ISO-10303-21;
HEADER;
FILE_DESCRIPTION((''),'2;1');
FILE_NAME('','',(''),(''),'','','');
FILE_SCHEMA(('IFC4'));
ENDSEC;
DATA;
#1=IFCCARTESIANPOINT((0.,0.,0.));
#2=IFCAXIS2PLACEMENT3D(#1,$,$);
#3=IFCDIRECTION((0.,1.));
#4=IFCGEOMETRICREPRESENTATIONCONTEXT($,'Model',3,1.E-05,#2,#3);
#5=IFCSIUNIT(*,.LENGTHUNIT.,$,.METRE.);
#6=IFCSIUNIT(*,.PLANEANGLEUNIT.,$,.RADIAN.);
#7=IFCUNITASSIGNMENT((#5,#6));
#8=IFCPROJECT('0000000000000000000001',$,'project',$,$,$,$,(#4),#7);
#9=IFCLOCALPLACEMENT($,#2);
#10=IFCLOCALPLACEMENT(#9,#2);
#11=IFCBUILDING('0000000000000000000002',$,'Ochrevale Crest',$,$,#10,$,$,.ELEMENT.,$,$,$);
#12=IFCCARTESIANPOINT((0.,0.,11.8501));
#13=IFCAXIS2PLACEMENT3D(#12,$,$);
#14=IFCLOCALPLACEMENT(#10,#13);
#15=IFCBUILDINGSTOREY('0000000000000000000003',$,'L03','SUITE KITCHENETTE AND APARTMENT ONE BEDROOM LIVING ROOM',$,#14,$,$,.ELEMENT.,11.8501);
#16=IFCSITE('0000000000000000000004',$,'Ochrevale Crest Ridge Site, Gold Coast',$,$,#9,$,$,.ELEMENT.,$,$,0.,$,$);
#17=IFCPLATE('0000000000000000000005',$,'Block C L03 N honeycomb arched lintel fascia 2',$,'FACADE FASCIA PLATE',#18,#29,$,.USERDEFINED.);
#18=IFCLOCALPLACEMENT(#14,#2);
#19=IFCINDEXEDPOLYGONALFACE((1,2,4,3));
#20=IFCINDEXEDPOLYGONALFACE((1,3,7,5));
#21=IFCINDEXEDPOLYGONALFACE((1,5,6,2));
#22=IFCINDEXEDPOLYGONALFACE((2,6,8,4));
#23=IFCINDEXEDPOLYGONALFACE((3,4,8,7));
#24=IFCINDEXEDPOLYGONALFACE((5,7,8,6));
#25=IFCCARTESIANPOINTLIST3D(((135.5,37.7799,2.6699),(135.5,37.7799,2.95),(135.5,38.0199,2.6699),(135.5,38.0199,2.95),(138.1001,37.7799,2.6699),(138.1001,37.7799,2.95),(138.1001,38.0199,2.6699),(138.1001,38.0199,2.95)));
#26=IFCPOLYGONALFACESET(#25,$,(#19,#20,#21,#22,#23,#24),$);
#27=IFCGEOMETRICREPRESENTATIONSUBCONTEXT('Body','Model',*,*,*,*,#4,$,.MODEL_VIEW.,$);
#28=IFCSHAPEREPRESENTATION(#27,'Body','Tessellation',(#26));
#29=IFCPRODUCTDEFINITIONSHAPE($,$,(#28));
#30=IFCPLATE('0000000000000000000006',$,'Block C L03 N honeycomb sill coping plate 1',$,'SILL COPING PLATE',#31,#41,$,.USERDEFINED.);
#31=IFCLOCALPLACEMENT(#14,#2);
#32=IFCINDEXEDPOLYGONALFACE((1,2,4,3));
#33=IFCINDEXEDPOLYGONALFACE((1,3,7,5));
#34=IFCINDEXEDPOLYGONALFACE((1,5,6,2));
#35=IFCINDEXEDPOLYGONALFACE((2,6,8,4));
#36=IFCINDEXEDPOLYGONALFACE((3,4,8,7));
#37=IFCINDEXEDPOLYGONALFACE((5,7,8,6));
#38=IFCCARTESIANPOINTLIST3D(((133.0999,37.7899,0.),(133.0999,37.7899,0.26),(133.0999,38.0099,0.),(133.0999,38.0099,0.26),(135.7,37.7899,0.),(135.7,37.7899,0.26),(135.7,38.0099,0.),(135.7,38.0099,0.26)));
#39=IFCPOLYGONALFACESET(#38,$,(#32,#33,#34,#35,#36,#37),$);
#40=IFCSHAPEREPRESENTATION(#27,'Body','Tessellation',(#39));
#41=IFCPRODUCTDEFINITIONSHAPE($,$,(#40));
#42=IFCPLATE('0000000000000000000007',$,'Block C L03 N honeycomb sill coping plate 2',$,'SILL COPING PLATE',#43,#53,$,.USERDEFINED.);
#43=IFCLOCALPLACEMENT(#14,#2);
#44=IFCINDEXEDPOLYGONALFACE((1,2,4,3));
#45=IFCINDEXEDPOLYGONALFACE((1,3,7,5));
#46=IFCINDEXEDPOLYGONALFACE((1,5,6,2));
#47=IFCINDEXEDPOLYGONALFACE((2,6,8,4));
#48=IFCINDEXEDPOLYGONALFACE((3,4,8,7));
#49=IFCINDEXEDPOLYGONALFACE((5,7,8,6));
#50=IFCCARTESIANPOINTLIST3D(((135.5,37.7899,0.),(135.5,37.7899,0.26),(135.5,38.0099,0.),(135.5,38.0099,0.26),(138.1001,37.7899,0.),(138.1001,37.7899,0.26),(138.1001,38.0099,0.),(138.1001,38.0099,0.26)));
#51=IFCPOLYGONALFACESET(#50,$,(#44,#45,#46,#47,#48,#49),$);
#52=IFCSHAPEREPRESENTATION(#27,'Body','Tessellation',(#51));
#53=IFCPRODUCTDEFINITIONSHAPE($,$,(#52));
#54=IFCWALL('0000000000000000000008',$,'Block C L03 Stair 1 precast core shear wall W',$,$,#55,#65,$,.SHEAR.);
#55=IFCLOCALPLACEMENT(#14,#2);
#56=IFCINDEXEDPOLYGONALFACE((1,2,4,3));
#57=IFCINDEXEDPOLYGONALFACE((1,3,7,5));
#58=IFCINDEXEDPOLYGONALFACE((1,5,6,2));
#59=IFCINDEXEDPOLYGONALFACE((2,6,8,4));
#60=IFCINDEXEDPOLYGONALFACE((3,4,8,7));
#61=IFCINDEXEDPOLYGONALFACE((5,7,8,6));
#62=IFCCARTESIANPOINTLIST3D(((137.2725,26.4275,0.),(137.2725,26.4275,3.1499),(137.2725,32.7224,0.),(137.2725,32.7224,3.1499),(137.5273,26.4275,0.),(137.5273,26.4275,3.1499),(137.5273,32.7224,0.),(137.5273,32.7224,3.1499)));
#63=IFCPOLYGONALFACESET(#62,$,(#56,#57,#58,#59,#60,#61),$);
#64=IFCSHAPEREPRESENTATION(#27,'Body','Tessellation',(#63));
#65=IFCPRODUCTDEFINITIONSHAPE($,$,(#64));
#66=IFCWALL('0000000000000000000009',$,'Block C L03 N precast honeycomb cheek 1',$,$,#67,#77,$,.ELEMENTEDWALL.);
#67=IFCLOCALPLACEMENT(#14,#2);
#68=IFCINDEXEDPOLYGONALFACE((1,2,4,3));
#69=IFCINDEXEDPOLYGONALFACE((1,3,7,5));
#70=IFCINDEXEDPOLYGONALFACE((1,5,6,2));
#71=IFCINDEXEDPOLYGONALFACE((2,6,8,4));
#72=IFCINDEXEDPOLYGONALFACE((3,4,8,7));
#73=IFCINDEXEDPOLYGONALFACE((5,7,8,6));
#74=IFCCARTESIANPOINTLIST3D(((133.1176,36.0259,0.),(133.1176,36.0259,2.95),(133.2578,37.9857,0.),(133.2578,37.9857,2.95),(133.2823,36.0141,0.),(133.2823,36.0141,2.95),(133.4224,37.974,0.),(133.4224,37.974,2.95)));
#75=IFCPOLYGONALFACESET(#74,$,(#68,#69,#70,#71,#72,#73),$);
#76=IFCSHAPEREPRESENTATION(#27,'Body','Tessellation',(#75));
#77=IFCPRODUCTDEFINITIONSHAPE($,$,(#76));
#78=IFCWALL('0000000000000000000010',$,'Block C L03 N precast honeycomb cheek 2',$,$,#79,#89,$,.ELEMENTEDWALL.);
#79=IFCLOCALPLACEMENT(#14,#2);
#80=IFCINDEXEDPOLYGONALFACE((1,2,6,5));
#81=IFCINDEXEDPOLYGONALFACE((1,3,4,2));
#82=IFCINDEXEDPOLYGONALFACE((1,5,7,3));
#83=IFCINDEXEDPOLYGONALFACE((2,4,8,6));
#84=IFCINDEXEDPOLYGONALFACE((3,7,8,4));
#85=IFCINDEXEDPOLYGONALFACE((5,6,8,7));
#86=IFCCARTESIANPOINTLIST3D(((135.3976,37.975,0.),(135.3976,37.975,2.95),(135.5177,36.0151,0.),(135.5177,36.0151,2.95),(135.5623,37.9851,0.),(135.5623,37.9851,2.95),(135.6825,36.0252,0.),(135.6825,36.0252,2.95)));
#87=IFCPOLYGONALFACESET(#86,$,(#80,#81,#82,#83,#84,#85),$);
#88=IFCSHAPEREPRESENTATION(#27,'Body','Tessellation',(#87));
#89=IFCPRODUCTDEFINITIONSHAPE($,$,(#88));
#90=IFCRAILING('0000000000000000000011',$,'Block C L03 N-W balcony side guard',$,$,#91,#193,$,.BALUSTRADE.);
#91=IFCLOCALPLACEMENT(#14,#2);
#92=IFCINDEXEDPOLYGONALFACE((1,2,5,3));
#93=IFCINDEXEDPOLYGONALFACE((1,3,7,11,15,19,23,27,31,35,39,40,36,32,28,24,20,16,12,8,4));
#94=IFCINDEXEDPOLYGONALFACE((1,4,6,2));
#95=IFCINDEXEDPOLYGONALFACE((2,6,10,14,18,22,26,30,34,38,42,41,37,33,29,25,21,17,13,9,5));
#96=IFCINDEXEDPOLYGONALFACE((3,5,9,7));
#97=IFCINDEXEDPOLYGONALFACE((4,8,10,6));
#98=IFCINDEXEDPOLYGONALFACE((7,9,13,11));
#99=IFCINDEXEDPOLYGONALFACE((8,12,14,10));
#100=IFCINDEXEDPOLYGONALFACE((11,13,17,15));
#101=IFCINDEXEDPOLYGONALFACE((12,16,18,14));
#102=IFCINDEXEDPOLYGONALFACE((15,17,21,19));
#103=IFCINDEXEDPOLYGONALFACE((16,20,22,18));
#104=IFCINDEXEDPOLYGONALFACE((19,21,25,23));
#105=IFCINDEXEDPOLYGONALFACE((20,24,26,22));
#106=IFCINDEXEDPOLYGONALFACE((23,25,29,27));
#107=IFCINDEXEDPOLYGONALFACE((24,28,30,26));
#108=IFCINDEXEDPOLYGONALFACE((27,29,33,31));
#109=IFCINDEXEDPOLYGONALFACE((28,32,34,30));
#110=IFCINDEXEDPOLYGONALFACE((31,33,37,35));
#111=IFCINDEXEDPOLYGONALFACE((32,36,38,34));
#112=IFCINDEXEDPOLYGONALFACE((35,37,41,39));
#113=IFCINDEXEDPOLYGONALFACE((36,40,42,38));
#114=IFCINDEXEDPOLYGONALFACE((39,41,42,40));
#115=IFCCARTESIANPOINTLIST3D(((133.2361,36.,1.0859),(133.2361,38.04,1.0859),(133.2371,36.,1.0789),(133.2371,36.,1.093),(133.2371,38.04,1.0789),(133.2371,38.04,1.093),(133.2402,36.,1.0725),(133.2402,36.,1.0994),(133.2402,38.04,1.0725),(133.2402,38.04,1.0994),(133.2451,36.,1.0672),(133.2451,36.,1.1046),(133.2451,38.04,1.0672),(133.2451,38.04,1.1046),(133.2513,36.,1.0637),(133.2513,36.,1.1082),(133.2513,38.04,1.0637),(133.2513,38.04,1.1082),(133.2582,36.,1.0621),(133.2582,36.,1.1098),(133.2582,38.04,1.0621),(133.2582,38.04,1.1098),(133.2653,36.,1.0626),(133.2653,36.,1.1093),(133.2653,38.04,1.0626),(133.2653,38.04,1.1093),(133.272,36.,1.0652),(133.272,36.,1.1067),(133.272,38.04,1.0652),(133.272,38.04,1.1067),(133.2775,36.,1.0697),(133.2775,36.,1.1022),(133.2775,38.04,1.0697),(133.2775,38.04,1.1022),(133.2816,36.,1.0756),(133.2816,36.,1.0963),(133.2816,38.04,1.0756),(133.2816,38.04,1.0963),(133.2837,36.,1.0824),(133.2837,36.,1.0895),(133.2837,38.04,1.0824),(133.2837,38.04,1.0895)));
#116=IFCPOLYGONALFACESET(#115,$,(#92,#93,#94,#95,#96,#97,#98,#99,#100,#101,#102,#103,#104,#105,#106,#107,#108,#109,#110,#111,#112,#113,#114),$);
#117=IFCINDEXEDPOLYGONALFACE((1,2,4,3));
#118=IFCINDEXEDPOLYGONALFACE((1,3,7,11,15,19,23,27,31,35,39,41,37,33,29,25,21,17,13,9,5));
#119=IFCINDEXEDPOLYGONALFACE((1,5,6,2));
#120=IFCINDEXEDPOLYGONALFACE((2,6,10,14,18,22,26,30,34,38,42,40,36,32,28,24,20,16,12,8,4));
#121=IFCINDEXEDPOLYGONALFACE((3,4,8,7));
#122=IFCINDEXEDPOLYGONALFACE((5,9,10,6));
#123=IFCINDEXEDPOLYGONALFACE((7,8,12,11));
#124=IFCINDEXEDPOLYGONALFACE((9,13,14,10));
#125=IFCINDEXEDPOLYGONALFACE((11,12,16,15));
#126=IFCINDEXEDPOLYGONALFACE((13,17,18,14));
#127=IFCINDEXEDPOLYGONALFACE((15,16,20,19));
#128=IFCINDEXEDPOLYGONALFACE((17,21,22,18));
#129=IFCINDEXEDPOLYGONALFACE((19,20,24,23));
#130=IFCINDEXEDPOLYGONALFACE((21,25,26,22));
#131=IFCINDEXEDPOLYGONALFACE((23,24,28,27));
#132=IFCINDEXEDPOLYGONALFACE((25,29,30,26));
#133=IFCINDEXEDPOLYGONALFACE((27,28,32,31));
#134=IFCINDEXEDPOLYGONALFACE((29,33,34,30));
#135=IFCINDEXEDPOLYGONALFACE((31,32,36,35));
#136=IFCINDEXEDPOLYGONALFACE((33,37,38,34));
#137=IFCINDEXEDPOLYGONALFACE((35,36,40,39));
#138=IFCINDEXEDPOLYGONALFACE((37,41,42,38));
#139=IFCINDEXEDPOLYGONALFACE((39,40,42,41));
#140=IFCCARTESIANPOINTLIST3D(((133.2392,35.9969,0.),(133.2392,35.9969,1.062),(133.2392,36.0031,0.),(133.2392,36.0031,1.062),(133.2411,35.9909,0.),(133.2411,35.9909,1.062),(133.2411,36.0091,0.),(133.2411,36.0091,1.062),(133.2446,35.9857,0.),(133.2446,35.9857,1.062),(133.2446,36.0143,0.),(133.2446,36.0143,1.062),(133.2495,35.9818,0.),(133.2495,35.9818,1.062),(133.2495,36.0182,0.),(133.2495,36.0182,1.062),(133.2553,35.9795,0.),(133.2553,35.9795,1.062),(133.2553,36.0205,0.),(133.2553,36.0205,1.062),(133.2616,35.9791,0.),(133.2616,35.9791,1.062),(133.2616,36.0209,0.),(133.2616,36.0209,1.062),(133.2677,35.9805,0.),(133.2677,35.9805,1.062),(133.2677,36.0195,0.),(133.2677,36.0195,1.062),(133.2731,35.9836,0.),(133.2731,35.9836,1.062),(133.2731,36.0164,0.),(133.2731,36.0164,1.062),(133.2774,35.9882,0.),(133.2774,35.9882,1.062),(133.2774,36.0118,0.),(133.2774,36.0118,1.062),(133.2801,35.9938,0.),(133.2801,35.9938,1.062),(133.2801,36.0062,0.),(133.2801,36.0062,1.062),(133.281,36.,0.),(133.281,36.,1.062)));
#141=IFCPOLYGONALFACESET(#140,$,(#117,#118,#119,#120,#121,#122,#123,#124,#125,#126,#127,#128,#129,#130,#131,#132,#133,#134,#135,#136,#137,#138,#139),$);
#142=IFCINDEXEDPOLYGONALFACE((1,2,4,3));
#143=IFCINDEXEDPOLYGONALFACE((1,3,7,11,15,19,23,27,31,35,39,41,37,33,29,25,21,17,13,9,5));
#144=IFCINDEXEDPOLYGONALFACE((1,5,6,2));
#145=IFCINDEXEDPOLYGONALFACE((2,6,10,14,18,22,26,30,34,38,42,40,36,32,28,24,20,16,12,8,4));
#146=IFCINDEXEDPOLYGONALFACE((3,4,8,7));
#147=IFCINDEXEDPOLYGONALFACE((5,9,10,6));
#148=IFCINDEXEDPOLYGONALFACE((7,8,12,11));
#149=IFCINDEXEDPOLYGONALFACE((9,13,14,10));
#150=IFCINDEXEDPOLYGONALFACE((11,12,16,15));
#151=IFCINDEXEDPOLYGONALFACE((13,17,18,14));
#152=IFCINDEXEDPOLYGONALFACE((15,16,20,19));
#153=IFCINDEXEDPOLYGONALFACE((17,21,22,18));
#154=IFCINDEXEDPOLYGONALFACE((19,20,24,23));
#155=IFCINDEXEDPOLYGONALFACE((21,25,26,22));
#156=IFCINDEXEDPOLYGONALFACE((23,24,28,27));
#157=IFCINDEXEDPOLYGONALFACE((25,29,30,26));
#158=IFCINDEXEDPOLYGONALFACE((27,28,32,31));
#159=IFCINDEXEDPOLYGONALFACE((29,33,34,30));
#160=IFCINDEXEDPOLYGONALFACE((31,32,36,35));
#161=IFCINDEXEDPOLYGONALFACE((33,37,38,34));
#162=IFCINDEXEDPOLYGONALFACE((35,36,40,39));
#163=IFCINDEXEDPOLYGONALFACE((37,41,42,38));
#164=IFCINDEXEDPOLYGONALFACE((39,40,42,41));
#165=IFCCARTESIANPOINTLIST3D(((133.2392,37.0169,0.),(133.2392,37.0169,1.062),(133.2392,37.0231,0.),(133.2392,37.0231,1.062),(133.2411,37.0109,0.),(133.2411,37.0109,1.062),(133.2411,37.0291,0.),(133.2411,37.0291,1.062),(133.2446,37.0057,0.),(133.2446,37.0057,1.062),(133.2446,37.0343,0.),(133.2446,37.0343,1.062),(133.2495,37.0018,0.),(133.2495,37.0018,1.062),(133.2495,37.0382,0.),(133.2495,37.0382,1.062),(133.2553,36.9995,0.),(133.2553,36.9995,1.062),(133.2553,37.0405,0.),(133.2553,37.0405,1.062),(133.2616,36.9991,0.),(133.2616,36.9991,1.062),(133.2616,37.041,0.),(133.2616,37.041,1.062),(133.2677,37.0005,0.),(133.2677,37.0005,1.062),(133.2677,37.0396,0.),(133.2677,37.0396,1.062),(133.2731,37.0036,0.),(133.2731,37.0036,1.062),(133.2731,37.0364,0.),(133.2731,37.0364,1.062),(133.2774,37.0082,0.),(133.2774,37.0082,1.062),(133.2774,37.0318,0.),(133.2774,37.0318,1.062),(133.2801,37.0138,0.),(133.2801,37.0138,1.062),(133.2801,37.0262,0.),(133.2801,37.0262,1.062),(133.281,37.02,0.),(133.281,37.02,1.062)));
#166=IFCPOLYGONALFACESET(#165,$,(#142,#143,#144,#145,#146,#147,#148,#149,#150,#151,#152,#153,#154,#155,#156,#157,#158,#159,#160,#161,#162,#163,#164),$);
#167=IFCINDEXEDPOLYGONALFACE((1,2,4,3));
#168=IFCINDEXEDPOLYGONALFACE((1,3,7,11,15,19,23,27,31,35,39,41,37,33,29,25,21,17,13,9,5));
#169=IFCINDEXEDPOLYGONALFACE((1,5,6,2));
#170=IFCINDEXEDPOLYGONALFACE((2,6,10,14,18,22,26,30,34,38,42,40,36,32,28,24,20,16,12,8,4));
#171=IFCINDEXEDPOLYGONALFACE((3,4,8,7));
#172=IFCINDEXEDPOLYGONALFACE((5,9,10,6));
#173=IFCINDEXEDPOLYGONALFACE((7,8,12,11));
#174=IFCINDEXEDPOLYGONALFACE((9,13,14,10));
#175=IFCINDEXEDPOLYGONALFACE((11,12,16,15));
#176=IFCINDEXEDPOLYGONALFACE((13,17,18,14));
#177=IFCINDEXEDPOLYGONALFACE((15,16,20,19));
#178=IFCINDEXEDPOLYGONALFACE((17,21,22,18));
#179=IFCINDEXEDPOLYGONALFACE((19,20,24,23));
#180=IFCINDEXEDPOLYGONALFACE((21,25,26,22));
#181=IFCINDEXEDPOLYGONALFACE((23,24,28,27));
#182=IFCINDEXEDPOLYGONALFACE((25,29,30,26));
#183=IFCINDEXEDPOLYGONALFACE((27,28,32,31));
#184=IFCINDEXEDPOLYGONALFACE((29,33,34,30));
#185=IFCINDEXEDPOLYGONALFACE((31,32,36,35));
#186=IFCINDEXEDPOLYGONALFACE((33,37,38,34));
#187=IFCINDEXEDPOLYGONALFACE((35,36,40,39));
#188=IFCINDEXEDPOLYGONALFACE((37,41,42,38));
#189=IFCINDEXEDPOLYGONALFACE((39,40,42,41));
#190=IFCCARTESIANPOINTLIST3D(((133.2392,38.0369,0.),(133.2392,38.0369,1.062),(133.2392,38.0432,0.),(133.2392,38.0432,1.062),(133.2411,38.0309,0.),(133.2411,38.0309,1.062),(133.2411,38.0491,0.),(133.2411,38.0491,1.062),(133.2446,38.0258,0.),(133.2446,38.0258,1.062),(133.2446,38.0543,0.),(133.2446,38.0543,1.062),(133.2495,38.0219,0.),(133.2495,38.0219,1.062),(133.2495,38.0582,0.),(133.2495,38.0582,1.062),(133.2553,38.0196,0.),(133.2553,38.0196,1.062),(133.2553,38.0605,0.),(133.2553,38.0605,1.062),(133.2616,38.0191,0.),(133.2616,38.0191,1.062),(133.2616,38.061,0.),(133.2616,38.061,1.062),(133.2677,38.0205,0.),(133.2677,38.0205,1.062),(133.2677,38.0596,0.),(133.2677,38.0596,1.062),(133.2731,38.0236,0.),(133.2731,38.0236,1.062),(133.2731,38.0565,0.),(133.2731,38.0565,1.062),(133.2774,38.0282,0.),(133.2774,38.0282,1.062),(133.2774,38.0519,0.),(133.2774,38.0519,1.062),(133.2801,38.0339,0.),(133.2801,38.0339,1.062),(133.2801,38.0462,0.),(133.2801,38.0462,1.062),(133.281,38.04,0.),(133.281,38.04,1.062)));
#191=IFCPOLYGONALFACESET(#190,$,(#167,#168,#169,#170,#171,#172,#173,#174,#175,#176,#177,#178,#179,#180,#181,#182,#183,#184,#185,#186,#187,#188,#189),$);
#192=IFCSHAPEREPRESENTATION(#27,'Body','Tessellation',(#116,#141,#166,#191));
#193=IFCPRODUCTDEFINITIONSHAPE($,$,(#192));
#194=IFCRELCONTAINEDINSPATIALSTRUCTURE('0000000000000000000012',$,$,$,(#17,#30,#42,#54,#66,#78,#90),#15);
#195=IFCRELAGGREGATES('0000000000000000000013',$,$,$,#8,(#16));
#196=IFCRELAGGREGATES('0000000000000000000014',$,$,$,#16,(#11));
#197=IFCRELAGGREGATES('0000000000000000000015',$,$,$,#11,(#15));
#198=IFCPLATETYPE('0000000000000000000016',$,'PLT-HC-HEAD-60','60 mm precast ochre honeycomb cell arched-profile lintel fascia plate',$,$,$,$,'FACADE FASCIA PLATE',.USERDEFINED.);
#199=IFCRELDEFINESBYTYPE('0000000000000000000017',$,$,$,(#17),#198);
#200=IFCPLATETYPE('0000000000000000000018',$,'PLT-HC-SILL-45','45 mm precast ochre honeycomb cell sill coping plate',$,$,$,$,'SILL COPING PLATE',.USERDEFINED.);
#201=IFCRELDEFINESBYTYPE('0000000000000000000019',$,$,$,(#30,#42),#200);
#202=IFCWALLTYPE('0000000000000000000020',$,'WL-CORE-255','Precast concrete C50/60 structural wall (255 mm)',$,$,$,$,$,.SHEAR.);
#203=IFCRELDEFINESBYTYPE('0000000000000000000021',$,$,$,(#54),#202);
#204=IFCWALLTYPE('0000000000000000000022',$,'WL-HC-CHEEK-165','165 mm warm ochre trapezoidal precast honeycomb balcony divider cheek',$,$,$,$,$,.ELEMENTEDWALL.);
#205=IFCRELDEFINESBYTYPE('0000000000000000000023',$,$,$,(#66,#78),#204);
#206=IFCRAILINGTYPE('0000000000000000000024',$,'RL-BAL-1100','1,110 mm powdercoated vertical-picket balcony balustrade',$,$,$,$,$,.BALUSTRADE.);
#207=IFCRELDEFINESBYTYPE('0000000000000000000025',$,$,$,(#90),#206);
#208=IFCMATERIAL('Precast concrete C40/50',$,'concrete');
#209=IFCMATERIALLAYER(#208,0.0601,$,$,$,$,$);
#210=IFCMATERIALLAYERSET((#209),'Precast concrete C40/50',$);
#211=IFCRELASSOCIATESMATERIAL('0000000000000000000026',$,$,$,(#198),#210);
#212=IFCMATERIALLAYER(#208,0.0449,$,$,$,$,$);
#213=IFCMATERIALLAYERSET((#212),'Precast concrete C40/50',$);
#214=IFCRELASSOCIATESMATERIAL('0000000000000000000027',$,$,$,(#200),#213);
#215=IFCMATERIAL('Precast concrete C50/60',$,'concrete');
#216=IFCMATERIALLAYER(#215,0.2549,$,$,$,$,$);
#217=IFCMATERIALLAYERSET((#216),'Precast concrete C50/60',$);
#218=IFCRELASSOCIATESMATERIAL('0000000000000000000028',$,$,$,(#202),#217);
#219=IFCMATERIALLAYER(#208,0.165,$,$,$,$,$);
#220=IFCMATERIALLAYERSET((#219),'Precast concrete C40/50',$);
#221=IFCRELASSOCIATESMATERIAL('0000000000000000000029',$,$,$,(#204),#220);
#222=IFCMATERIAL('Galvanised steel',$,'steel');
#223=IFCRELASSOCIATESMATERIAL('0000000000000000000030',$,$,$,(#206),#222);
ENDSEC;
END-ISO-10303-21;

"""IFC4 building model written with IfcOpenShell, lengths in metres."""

from ifc_helpers import new_model, si_unit, direction, frame, frame_2d, origin, origin_2d, place, context, subcontext, project, spatial, rectangle, circle, extrude, material, layer, layer_set, type_object, element, save


model = new_model("IFC4")

# Units and contexts
model_context = context("Model", 3, precision=1e-05, world=origin(), true_north=direction((0.0, 1.0)))
body_context = subcontext(model_context, "Body", "Model", "MODEL_VIEW")
ifc_project = project(units=[si_unit("LENGTHUNIT", "METRE"), si_unit("PLANEANGLEUNIT", "RADIAN")], contexts=[model_context])

# Site, building, storey
site_placement = place(None, origin())
site = spatial("IfcSite", under=ifc_project, at=site_placement, Name="Ochrevale Crest Ridge Site, Gold Coast", CompositionType="ELEMENT", RefElevation=0.0)
building_placement = place(site_placement, origin())
building = spatial("IfcBuilding", under=site, at=building_placement, Name="Ochrevale Crest", CompositionType="ELEMENT")
storey_placement = place(building_placement, frame((0.0, 0.0, 11.8501)))
storey = spatial("IfcBuildingStorey", under=building, at=storey_placement, Name="L03", Description="SUITE KITCHENETTE AND APARTMENT ONE BEDROOM LIVING ROOM", CompositionType="ELEMENT", Elevation=11.8501)

# Shared definitions
ifc_material_1 = material(Name="Precast concrete C50/60", Category="concrete")

# Shared definitions
ifc_material_2 = material(Name="Precast concrete C40/50", Category="concrete")

# Plates
ifc_layer_1 = layer(ifc_material_2, 0.0601)
ifc_layer_set_1 = layer_set([ifc_layer_1], Name="Precast concrete C40/50")
plate_type_1 = type_object("IfcPlateType", Name="PLT-HC-HEAD-60", Description="60 mm precast ochre honeycomb cell arched-profile lintel fascia plate", ElementType="FACADE FASCIA PLATE", PredefinedType="USERDEFINED", material=ifc_layer_set_1)
for number, where, z_axis, x_axis, name in (
    (1, (136.8, 37.8999, 2.6699), (0.0, 0.0, 1.0), (1.0, 0.0, 0.0), "Block C L03 N honeycomb arched lintel fascia 2"),
):
    element("IfcPlate", number, at=place(storey_placement, frame(where, z_axis=z_axis, x_axis=x_axis)), inside=storey, type_object=plate_type_1, Name=name, ObjectType="FACADE FASCIA PLATE", PredefinedType="USERDEFINED", context=body_context, shape_type="SweptSolid", body=[
        extrude(rectangle(XDim=2.6001, YDim=0.24, at=origin_2d()), origin(), (0.0, 0.0, 1.0), 0.28),
    ])
ifc_layer_2 = layer(ifc_material_2, 0.0449)
ifc_layer_set_2 = layer_set([ifc_layer_2], Name="Precast concrete C40/50")
plate_type_2 = type_object("IfcPlateType", Name="PLT-HC-SILL-45", Description="45 mm precast ochre honeycomb cell sill coping plate", ElementType="SILL COPING PLATE", PredefinedType="USERDEFINED", material=ifc_layer_set_2)
for number, where, z_axis, x_axis, name in (
    (2, (134.3999, 37.8999, 0.0), (0.0, 0.0, 1.0), (1.0, 0.0, 0.0), "Block C L03 N honeycomb sill coping plate 1"),
    (3, (136.8, 37.8999, 0.0), (0.0, 0.0, 1.0), (1.0, 0.0, 0.0), "Block C L03 N honeycomb sill coping plate 2"),
):
    element("IfcPlate", number, at=place(storey_placement, frame(where, z_axis=z_axis, x_axis=x_axis)), inside=storey, type_object=plate_type_2, Name=name, ObjectType="SILL COPING PLATE", PredefinedType="USERDEFINED", context=body_context, shape_type="SweptSolid", body=[
        extrude(rectangle(XDim=2.6001, YDim=0.22, at=origin_2d()), origin(), (0.0, 0.0, 1.0), 0.26),
    ])

# Walls
ifc_layer_3 = layer(ifc_material_1, 0.2549)
ifc_layer_set_3 = layer_set([ifc_layer_3], Name="Precast concrete C50/60")
wall_type_1 = type_object("IfcWallType", Name="WL-CORE-255", Description="Precast concrete C50/60 structural wall (255 mm)", PredefinedType="SHEAR", material=ifc_layer_set_3)
wall_1_placement = place(storey_placement, frame((137.3999, 26.4275, 0.0), z_axis=(0.0, 0.0, 1.0), x_axis=(0.0, 1.0, 0.0)))
element("IfcWall", 4, at=wall_1_placement, inside=storey, type_object=wall_type_1, Name="Block C L03 Stair 1 precast core shear wall W", PredefinedType="SHEAR", context=body_context, shape_type="SweptSolid", body=[
    extrude(rectangle(XDim=6.2949, YDim=0.2549, at=frame_2d((3.1475, 0.0))), origin(), (0.0, 0.0, 1.0), 3.1499),
])
ifc_layer_4 = layer(ifc_material_2, 0.165)
ifc_layer_set_4 = layer_set([ifc_layer_4], Name="Precast concrete C40/50")
wall_type_2 = type_object("IfcWallType", Name="WL-HC-CHEEK-165", Description="165 mm warm ochre trapezoidal precast honeycomb balcony divider cheek", PredefinedType="ELEMENTEDWALL", material=ifc_layer_set_4)
wall_2_placement = place(storey_placement, frame((133.2, 36.02, 0.0), z_axis=(0.0, 0.0, 1.0), x_axis=(0.071318, 0.997454, 0.0)))
element("IfcWall", 5, at=wall_2_placement, inside=storey, type_object=wall_type_2, Name="Block C L03 N precast honeycomb cheek 1", PredefinedType="ELEMENTEDWALL", context=body_context, shape_type="SweptSolid", body=[
    extrude(rectangle(XDim=1.9648, YDim=0.165, at=frame_2d((0.9824, 0.0))), origin(), (0.0, 0.0, 1.0), 2.95),
])
wall_3_placement = place(storey_placement, frame((135.6001, 36.02, 0.0), z_axis=(0.0, 0.0, 1.0), x_axis=(-0.061171, 0.998127, 0.0)))
element("IfcWall", 6, at=wall_3_placement, inside=storey, type_object=wall_type_2, Name="Block C L03 N precast honeycomb cheek 2", PredefinedType="ELEMENTEDWALL", context=body_context, shape_type="SweptSolid", body=[
    extrude(rectangle(XDim=1.9636, YDim=0.165, at=frame_2d((0.9819, 0.0))), origin(), (0.0, 0.0, 1.0), 2.95),
])

# Railing
ifc_material_3 = material(Name="Galvanised steel", Category="steel")
railing_type = type_object("IfcRailingType", Name="RL-BAL-1100", Description="1,110 mm powdercoated vertical-picket balcony balustrade", PredefinedType="BALUSTRADE", material=ifc_material_3)
railing_1_placement = place(storey_placement, frame((133.26, 36.0, 0.0)))
element("IfcRailing", 7, at=railing_1_placement, inside=storey, type_object=railing_type, Name="Block C L03 N-W balcony side guard", PredefinedType="BALUSTRADE", context=body_context, shape_type="SweptSolid", body=[
    extrude(circle(Radius=0.0239, at=origin_2d()), frame((0.0, 0.0, 1.0859), z_axis=(0.0, 1.0, 0.0), x_axis=(-1.0, 0.0, 0.0)), (0.0, 0.0, 1.0), 2.04),
    extrude(circle(Radius=0.021, at=origin_2d()), origin(), (0.0, 0.0, 1.0), 1.062),
    extrude(circle(Radius=0.021, at=origin_2d()), frame((0.0, 1.02, 0.0)), (0.0, 0.0, 1.0), 1.062),
    extrude(circle(Radius=0.021, at=origin_2d()), frame((0.0, 2.04, 0.0)), (0.0, 0.0, 1.0), 1.062),
])

save(model, "model.ifc")
